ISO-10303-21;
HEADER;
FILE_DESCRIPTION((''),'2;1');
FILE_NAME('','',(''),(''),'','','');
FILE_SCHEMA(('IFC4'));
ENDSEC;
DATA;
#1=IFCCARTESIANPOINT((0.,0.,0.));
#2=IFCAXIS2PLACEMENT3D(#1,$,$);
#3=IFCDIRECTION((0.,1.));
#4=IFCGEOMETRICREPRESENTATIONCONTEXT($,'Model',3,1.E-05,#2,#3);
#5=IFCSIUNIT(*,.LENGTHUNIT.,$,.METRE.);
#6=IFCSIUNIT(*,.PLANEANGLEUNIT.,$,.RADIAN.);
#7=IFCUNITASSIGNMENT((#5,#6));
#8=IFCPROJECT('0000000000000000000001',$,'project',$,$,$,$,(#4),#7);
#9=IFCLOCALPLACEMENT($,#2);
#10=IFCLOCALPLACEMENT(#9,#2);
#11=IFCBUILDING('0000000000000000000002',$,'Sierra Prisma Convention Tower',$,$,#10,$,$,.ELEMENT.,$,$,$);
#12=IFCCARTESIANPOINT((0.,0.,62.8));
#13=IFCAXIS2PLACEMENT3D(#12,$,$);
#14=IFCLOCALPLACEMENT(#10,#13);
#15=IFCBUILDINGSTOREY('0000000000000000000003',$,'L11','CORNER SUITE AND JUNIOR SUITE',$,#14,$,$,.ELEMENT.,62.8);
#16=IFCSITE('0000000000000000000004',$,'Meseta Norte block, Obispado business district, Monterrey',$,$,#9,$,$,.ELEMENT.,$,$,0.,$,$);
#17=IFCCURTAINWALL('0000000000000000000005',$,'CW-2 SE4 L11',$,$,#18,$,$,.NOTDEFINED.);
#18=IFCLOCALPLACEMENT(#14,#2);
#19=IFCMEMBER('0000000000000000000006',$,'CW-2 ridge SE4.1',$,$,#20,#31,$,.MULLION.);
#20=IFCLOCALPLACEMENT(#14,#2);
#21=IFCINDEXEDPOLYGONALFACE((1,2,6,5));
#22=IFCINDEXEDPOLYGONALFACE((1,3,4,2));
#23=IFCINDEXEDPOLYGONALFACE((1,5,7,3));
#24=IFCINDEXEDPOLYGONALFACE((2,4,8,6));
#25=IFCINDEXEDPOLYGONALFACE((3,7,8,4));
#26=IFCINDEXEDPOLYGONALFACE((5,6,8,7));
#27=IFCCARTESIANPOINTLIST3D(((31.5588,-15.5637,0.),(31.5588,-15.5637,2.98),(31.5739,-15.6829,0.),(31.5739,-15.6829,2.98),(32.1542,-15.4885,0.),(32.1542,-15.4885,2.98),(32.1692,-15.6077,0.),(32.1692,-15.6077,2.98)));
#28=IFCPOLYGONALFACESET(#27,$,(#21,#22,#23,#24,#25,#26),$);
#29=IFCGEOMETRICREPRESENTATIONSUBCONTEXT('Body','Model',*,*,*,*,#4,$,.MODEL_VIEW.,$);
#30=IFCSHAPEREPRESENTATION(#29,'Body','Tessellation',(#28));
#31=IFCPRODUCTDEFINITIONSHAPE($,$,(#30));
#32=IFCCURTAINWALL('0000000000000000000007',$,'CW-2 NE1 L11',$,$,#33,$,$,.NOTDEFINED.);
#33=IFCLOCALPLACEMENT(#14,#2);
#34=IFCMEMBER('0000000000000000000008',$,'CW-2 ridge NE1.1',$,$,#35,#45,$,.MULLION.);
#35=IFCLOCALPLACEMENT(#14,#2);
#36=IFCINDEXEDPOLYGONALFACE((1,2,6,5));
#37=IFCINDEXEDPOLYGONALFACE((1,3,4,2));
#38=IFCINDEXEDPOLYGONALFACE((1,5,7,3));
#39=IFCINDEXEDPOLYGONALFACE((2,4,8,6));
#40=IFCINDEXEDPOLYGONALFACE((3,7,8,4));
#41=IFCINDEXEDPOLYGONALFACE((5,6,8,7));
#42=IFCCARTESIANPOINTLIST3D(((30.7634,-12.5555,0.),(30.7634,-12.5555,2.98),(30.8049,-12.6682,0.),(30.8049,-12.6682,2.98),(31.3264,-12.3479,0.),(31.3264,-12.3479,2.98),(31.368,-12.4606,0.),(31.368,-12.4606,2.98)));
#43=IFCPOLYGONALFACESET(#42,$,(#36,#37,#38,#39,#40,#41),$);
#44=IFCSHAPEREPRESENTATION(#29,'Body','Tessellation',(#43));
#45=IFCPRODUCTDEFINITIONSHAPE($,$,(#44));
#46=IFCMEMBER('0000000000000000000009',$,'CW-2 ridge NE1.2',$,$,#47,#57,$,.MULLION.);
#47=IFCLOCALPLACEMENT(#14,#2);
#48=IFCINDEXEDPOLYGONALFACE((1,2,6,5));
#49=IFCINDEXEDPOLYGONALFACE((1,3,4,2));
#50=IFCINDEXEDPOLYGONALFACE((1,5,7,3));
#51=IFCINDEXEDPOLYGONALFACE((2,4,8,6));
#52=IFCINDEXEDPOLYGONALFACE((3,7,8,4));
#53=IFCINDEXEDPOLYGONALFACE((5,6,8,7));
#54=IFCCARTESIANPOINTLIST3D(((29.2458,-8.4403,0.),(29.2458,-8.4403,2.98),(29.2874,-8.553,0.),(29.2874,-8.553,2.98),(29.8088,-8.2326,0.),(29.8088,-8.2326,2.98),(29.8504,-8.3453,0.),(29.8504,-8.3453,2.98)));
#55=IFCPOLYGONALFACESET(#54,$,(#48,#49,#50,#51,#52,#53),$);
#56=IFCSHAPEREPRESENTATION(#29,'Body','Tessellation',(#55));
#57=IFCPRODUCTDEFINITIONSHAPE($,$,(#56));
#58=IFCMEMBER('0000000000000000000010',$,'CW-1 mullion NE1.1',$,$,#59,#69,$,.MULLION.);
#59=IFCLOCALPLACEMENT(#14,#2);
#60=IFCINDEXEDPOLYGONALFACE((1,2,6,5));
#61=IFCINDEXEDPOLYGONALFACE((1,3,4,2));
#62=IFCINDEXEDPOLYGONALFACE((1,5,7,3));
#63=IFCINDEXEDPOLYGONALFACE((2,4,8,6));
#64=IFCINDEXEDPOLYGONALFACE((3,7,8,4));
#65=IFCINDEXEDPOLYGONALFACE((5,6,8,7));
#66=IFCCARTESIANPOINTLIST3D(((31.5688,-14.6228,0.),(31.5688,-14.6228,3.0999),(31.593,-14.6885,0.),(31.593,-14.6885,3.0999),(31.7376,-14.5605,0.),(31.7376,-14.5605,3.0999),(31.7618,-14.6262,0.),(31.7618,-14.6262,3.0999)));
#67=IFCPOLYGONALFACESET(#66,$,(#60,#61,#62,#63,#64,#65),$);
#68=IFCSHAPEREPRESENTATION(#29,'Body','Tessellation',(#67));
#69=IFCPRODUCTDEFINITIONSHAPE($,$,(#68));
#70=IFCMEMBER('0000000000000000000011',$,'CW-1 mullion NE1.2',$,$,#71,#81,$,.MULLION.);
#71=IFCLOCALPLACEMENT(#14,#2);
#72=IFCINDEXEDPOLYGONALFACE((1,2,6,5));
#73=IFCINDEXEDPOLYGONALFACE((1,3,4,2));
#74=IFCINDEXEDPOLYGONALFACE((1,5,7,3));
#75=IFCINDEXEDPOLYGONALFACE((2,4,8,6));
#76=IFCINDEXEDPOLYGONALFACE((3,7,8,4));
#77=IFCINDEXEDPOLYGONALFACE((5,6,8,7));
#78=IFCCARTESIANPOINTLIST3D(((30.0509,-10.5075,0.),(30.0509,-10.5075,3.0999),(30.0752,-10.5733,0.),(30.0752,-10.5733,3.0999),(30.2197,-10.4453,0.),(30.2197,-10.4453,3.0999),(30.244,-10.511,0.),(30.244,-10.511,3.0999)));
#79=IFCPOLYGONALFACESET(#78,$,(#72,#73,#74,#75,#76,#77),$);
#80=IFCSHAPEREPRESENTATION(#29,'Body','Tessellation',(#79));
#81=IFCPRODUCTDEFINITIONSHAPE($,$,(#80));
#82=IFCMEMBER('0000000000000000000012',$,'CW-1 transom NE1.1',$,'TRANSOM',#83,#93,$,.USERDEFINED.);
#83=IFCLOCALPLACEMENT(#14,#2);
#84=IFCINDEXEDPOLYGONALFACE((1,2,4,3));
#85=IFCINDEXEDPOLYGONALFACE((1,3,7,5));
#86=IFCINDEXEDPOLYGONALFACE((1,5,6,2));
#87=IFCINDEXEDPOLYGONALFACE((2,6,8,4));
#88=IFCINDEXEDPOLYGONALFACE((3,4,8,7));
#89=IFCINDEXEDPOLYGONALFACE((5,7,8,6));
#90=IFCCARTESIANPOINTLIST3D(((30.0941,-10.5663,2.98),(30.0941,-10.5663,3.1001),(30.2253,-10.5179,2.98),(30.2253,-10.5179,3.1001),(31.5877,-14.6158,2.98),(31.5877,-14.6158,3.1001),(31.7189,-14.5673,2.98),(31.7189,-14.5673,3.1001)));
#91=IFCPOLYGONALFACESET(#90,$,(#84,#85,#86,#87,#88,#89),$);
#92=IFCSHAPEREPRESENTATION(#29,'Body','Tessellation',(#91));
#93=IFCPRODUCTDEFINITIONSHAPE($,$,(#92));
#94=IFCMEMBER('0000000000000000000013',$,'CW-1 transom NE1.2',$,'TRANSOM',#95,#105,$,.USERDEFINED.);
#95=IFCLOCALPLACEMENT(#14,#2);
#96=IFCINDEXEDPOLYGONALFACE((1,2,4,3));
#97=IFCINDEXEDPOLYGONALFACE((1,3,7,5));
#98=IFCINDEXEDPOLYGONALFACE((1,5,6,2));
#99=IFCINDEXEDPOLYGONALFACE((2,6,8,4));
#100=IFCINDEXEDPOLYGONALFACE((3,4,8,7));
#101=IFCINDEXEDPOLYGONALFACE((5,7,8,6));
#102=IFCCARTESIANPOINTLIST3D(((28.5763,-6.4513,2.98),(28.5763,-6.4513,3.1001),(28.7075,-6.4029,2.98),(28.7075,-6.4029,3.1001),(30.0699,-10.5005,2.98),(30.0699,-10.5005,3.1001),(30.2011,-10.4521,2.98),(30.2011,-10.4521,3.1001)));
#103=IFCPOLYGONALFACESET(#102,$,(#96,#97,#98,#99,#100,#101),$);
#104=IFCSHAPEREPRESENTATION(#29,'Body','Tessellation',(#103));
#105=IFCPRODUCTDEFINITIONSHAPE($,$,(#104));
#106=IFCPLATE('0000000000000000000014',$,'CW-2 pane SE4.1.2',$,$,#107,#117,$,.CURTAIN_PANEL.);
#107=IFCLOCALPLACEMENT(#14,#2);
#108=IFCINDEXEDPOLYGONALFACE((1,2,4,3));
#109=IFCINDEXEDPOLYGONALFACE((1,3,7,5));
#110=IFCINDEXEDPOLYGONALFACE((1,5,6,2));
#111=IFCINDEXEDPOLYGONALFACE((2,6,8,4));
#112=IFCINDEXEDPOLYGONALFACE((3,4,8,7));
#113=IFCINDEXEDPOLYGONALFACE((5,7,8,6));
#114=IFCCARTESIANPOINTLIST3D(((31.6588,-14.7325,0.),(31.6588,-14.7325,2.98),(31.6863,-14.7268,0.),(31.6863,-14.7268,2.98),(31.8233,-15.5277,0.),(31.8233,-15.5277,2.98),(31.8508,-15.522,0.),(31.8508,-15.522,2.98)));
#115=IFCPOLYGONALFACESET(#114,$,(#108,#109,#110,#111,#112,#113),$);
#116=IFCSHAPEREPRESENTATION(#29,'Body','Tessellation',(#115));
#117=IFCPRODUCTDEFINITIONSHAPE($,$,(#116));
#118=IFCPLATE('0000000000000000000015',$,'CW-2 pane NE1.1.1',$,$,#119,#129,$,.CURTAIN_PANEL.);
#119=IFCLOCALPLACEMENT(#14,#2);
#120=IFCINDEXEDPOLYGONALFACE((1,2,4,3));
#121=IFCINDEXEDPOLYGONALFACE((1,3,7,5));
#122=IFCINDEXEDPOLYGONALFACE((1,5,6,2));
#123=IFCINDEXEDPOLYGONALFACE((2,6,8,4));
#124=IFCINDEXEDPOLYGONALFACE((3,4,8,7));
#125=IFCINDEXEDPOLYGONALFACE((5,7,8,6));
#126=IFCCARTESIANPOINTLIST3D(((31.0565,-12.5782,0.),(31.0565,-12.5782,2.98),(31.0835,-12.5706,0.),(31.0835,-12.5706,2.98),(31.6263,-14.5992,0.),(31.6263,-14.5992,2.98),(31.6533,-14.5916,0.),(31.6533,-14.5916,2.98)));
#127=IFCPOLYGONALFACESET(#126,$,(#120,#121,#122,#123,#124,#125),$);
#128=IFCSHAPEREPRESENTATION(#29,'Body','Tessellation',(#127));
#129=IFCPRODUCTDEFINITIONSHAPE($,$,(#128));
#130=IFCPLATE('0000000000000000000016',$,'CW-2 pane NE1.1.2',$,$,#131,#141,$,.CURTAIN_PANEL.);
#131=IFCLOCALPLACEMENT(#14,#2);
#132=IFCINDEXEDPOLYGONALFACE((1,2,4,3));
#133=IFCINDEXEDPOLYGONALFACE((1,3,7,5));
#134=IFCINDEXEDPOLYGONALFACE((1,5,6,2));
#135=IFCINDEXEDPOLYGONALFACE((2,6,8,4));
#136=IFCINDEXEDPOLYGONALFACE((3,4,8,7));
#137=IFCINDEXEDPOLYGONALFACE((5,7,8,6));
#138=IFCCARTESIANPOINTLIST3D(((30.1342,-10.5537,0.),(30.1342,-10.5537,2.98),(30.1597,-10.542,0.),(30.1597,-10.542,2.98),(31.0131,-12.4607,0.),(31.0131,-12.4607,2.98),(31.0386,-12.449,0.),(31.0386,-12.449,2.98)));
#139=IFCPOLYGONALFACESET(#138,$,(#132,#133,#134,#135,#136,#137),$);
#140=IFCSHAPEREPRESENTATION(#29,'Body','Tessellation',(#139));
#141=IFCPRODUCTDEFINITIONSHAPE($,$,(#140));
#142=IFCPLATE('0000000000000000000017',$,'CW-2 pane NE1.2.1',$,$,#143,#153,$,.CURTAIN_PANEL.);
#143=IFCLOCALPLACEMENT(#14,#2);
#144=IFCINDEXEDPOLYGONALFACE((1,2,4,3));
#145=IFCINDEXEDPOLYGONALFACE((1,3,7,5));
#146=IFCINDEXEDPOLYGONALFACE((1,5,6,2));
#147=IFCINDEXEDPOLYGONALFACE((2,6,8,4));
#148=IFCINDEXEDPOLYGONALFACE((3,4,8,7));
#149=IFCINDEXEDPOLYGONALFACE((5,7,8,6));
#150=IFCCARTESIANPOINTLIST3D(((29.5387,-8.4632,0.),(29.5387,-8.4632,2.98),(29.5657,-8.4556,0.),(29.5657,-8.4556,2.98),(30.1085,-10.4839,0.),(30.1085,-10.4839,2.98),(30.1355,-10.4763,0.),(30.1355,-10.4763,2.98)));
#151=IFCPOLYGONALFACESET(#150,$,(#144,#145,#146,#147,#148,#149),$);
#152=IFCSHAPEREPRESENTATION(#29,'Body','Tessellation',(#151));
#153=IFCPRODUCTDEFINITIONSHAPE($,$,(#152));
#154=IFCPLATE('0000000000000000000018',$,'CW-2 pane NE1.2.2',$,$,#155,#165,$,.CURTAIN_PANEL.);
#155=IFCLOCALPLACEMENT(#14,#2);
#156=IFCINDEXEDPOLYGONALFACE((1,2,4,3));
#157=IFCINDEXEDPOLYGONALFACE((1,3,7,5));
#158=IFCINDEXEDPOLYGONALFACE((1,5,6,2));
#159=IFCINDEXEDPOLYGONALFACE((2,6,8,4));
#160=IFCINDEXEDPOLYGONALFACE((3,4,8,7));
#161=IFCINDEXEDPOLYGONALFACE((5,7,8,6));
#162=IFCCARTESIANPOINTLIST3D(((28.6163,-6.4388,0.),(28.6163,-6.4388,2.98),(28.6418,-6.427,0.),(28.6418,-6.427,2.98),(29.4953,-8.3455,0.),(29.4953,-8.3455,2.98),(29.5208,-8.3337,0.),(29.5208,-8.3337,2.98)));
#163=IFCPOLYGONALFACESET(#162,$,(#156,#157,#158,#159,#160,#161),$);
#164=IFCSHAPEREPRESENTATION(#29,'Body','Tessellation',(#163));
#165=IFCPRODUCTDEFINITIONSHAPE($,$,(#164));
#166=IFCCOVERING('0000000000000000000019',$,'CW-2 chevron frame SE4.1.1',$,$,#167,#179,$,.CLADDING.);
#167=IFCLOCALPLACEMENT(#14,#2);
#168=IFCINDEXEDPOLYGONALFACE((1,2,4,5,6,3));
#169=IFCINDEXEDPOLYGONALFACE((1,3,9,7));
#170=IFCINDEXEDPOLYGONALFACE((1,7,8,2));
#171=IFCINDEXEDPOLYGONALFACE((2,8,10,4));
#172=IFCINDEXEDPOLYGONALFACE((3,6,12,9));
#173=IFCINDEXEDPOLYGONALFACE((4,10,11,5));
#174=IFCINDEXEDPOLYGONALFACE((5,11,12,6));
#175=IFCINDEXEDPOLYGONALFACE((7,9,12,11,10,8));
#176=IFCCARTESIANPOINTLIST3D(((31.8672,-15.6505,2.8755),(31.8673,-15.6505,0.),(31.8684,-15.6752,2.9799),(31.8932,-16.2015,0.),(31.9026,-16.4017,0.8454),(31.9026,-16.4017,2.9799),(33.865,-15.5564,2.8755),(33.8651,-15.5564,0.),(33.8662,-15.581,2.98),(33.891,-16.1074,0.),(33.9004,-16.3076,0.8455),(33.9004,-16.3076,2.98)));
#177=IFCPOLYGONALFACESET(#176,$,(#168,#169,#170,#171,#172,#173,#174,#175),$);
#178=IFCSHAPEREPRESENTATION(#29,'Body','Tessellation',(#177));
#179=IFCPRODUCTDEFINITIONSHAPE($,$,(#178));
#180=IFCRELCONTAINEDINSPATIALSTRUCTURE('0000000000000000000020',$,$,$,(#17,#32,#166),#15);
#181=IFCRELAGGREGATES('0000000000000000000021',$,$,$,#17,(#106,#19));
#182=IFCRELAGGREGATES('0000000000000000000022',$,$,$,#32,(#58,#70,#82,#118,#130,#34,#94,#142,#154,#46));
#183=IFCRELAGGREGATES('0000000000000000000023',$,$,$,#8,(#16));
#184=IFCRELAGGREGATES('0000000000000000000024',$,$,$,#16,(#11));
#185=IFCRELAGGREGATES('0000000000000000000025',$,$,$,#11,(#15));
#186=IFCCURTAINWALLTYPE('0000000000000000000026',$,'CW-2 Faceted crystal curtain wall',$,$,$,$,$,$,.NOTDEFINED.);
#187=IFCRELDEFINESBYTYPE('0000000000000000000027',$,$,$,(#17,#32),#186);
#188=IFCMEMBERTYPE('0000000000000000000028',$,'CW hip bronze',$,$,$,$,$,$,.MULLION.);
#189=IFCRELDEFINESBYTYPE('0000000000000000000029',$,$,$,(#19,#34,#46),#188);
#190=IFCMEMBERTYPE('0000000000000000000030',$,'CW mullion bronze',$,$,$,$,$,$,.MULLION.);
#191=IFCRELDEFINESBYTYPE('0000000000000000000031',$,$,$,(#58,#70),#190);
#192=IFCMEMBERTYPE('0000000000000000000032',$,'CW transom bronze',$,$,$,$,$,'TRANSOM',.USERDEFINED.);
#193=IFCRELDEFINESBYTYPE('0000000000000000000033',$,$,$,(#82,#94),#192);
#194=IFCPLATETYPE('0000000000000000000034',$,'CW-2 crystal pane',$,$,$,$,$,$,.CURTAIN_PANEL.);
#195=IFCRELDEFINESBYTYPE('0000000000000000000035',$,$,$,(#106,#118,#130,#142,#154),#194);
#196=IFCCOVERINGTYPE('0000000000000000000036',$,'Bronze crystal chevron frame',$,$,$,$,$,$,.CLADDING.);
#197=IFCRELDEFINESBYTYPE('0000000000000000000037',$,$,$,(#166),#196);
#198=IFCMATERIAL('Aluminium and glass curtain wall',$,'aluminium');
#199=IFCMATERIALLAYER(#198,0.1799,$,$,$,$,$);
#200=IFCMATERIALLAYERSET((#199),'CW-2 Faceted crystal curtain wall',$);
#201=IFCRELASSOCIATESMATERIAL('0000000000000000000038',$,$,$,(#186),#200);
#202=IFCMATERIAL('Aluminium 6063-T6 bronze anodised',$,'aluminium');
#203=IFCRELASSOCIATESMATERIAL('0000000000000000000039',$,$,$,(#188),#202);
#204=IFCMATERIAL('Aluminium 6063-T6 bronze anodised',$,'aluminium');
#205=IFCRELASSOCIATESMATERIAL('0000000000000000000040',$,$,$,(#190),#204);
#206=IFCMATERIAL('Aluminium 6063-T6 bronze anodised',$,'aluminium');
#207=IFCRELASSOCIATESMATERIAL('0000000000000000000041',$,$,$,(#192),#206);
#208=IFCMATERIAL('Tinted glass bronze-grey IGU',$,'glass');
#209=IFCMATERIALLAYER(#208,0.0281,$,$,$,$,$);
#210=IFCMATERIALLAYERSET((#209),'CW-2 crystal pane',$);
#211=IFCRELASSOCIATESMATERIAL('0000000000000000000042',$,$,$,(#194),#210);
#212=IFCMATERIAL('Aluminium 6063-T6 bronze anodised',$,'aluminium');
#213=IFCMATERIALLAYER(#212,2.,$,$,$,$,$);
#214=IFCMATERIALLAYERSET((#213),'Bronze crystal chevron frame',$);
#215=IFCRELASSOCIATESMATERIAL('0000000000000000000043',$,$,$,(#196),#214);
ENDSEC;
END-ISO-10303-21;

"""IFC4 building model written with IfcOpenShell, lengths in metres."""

from ifc_helpers import new_model, si_unit, direction, frame, origin, origin_2d, place, context, subcontext, project, spatial, polyline, rectangle, outline, extrude, material, layer, layer_set, material_profile, profile_set, type_object, element, aggregate, save


model = new_model("IFC4")

# Units and contexts
model_context = context("Model", 3, precision=1e-05, world=origin(), true_north=direction((0.0, 1.0)))
body_context = subcontext(model_context, "Body", "Model", "MODEL_VIEW")
ifc_project = project(units=[si_unit("LENGTHUNIT", "METRE"), si_unit("PLANEANGLEUNIT", "RADIAN")], contexts=[model_context])

# Site, building, storey
site_placement = place(None, origin())
site = spatial("IfcSite", under=ifc_project, at=site_placement, Name="Meseta Norte block, Obispado business district, Monterrey", CompositionType="ELEMENT", RefElevation=0.0)
building_placement = place(site_placement, origin())
building = spatial("IfcBuilding", under=site, at=building_placement, Name="Sierra Prisma Convention Tower", CompositionType="ELEMENT")
storey_placement = place(building_placement, frame((0.0, 0.0, 62.8)))
storey = spatial("IfcBuildingStorey", under=building, at=storey_placement, Name="L11", Description="CORNER SUITE AND JUNIOR SUITE", CompositionType="ELEMENT", Elevation=62.8)

# Curtain wall, member
ifc_material_1 = material(Name="Aluminium and glass curtain wall", Category="aluminium")
ifc_layer_1 = layer(ifc_material_1, 0.1799)
ifc_layer_set_1 = layer_set([ifc_layer_1], Name="CW-2 Faceted crystal curtain wall")
curtain_wall_type = type_object("IfcCurtainWallType", Name="CW-2 Faceted crystal curtain wall", PredefinedType="NOTDEFINED", material=ifc_layer_set_1)
curtain_wall_1_placement = place(storey_placement, origin())
curtain_wall_1 = element("IfcCurtainWall", 1, at=curtain_wall_1_placement, inside=storey, type_object=curtain_wall_type, Name="CW-2 SE4 L11", PredefinedType="NOTDEFINED")
ifc_material_2 = material(Name="Aluminium 6063-T6 bronze anodised", Category="aluminium")
ifc_material_profile_1 = material_profile(ifc_material_2, rectangle(XDim=0.1201, YDim=0.6001, at=origin_2d()), Name="ALU RIDGE BLADE 120x600")
ifc_profile_set_1 = profile_set([ifc_material_profile_1], Name="Aluminium 6063-T6 bronze anodised")
member_type_1 = type_object("IfcMemberType", Name="CW hip bronze", PredefinedType="MULLION", material=ifc_profile_set_1)
member_1_placement = place(storey_placement, frame((31.864, -15.5857, 0.0), z_axis=(0.0, 0.0, 1.0), x_axis=(-0.125312, 0.992117, 0.0)))
member_1 = element("IfcMember", 2, at=member_1_placement, type_object=member_type_1, Name="CW-2 ridge SE4.1", PredefinedType="MULLION", context=body_context, shape_type="SweptSolid", body=[
    extrude(rectangle(XDim=0.1201, YDim=0.6001, at=origin_2d()), origin(), (0.0, 0.0, 1.0), 2.98),
])

# Curtain wall, members
curtain_wall_2_placement = place(storey_placement, origin())
curtain_wall_2 = element("IfcCurtainWall", 3, at=curtain_wall_2_placement, inside=storey, type_object=curtain_wall_type, Name="CW-2 NE1 L11", PredefinedType="NOTDEFINED")
member_2_placement = place(storey_placement, frame((31.0657, -12.5081, 0.0), z_axis=(0.0, 0.0, 1.0), x_axis=(-0.346043, 0.938219, 0.0)))
member_2 = element("IfcMember", 4, at=member_2_placement, type_object=member_type_1, Name="CW-2 ridge NE1.1", PredefinedType="MULLION", context=body_context, shape_type="SweptSolid", body=[
    extrude(rectangle(XDim=0.1201, YDim=0.6001, at=origin_2d()), origin(), (0.0, 0.0, 1.0), 2.98),
])
member_3_placement = place(storey_placement, frame((29.5481, -8.3928, 0.0), z_axis=(0.0, 0.0, 1.0), x_axis=(-0.346043, 0.938219, 0.0)))
member_3 = element("IfcMember", 5, at=member_3_placement, type_object=member_type_1, Name="CW-2 ridge NE1.2", PredefinedType="MULLION", context=body_context, shape_type="SweptSolid", body=[
    extrude(rectangle(XDim=0.1201, YDim=0.6001, at=origin_2d()), origin(), (0.0, 0.0, 1.0), 2.98),
])
ifc_material_3 = material(Name="Aluminium 6063-T6 bronze anodised", Category="aluminium")
ifc_material_profile_2 = material_profile(ifc_material_3, rectangle(XDim=0.1799, YDim=0.0701, at=origin_2d()), Name="ALU MULLION 70x180")
ifc_profile_set_2 = profile_set([ifc_material_profile_2], Name="Aluminium 6063-T6 bronze anodised")
member_type_2 = type_object("IfcMemberType", Name="CW mullion bronze", PredefinedType="MULLION", material=ifc_profile_set_2)
member_4_placement = place(storey_placement, frame((31.6653, -14.6245, 0.0), z_axis=(0.0, 0.0, 1.0), x_axis=(-0.938219, -0.346043, 0.0)))
member_4 = element("IfcMember", 6, at=member_4_placement, type_object=member_type_2, Name="CW-1 mullion NE1.1", PredefinedType="MULLION", context=body_context, shape_type="SweptSolid", body=[
    extrude(rectangle(XDim=0.1799, YDim=0.0701, at=origin_2d()), origin(), (0.0, 0.0, 1.0), 3.0999),
])
member_5_placement = place(storey_placement, frame((30.1475, -10.5093, 0.0), z_axis=(0.0, 0.0, 1.0), x_axis=(-0.938219, -0.346043, 0.0)))
member_5 = element("IfcMember", 7, at=member_5_placement, type_object=member_type_2, Name="CW-1 mullion NE1.2", PredefinedType="MULLION", context=body_context, shape_type="SweptSolid", body=[
    extrude(rectangle(XDim=0.1799, YDim=0.0701, at=origin_2d()), origin(), (0.0, 0.0, 1.0), 3.0999),
])
ifc_material_4 = material(Name="Aluminium 6063-T6 bronze anodised", Category="aluminium")
ifc_material_profile_3 = material_profile(ifc_material_4, rectangle(XDim=0.1399, YDim=0.1201, at=origin_2d()), Name="ALU TRANSOM 120x140")
ifc_profile_set_3 = profile_set([ifc_material_profile_3], Name="Aluminium 6063-T6 bronze anodised")
member_type_3 = type_object("IfcMemberType", Name="CW transom bronze", ElementType="TRANSOM", PredefinedType="USERDEFINED", material=ifc_profile_set_3)
member_6_placement = place(storey_placement, frame((31.6533, -14.5916, 3.04), z_axis=(-0.346054, 0.938215, 0.0), x_axis=(-0.938215, -0.346054, 0.0)))
member_6 = element("IfcMember", 8, at=member_6_placement, type_object=member_type_3, Name="CW-1 transom NE1.1", ObjectType="TRANSOM", PredefinedType="USERDEFINED", context=body_context, shape_type="SweptSolid", body=[
    extrude(rectangle(XDim=0.1399, YDim=0.1201, at=origin_2d()), origin(), (0.0, 0.0, 1.0), 4.3162),
])
member_7_placement = place(storey_placement, frame((30.1355, -10.4763, 3.04), z_axis=(-0.346072, 0.938208, 0.0), x_axis=(-0.938208, -0.346072, 0.0)))
member_7 = element("IfcMember", 9, at=member_7_placement, type_object=member_type_3, Name="CW-1 transom NE1.2", ObjectType="TRANSOM", PredefinedType="USERDEFINED", context=body_context, shape_type="SweptSolid", body=[
    extrude(rectangle(XDim=0.1399, YDim=0.1201, at=origin_2d()), origin(), (0.0, 0.0, 1.0), 4.3159),
])

# Plates
ifc_material_5 = material(Name="Tinted glass bronze-grey IGU", Category="glass")
ifc_layer_2 = layer(ifc_material_5, 0.0281)
ifc_layer_set_2 = layer_set([ifc_layer_2], Name="CW-2 crystal pane")
plate_type = type_object("IfcPlateType", Name="CW-2 crystal pane", PredefinedType="CURTAIN_PANEL", material=ifc_layer_set_2)
plate_1_placement = place(storey_placement, frame((31.6863, -14.7268, 0.0), z_axis=(0.979252, 0.202645, 0.0), x_axis=(0.202645, -0.979252, 0.0)))
plate_1 = element("IfcPlate", 10, at=plate_1_placement, type_object=plate_type, Name="CW-2 pane SE4.1.2", PredefinedType="CURTAIN_PANEL", context=body_context, shape_type="SweptSolid", body=[
    extrude(outline(polyline([(0.0, 0.0), (0.812, 0.0), (0.812, -2.98), (0.0, -2.98), (0.0, 0.0)])), origin(), (0.0, 0.0, -1.0), 0.0281),
])
aggregate(curtain_wall_1, [plate_1, member_1])
plate_2_placement = place(storey_placement, frame((31.6533, -14.5916, 0.0), z_axis=(0.962475, 0.271372, 0.0), x_axis=(-0.271372, 0.962475, 0.0)))
plate_2 = element("IfcPlate", 11, at=plate_2_placement, type_object=plate_type, Name="CW-2 pane NE1.1.1", PredefinedType="CURTAIN_PANEL", context=body_context, shape_type="SweptSolid", body=[
    extrude(outline(polyline([(0.0, 0.0), (2.0998, 0.0), (2.0998, 2.98), (0.0, 2.98), (0.0, 0.0)])), origin(), (0.0, 0.0, -1.0), 0.0281),
])
plate_3_placement = place(storey_placement, frame((30.1597, -10.542, 0.0), z_axis=(0.908184, 0.418571, 0.0), x_axis=(0.418571, -0.908184, 0.0)))
plate_3 = element("IfcPlate", 12, at=plate_3_placement, type_object=plate_type, Name="CW-2 pane NE1.1.2", PredefinedType="CURTAIN_PANEL", context=body_context, shape_type="SweptSolid", body=[
    extrude(outline(polyline([(0.0, 0.0), (2.0998, 0.0), (2.0998, -2.98), (0.0, -2.98), (0.0, 0.0)])), origin(), (0.0, 0.0, -1.0), 0.0281),
])
plate_4_placement = place(storey_placement, frame((30.1355, -10.4763, 0.0), z_axis=(0.962466, 0.271402, 0.0), x_axis=(-0.271402, 0.962466, 0.0)))
plate_4 = element("IfcPlate", 13, at=plate_4_placement, type_object=plate_type, Name="CW-2 pane NE1.2.1", PredefinedType="CURTAIN_PANEL", context=body_context, shape_type="SweptSolid", body=[
    extrude(outline(polyline([(0.0, 0.0), (2.0996, 0.0), (2.0996, 2.98), (0.0, 2.98), (0.0, 0.0)])), origin(), (0.0, 0.0, -1.0), 0.0281),
])
plate_5_placement = place(storey_placement, frame((28.6418, -6.427, 0.0), z_axis=(0.908163, 0.418616, 0.0), x_axis=(0.418616, -0.908163, 0.0)))
plate_5 = element("IfcPlate", 14, at=plate_5_placement, type_object=plate_type, Name="CW-2 pane NE1.2.2", PredefinedType="CURTAIN_PANEL", context=body_context, shape_type="SweptSolid", body=[
    extrude(outline(polyline([(0.0, 0.0), (2.0996, 0.0), (2.0996, -2.98), (0.0, -2.98), (0.0, 0.0)])), origin(), (0.0, 0.0, -1.0), 0.0281),
])
aggregate(curtain_wall_2, [member_4, member_5, member_6, plate_2, plate_3, member_2, member_7, plate_4, plate_5, member_3])

# Covering
ifc_material_6 = material(Name="Aluminium 6063-T6 bronze anodised", Category="aluminium")
ifc_layer_3 = layer(ifc_material_6, 2.0)
ifc_layer_set_3 = layer_set([ifc_layer_3], Name="Bronze crystal chevron frame")
covering_type = type_object("IfcCoveringType", Name="Bronze crystal chevron frame", PredefinedType="CLADDING", material=ifc_layer_set_3)
covering_1_placement = place(storey_placement, frame((33.9004, -16.3076, 2.98), z_axis=(0.998892, 0.047059, 0.000017), x_axis=(0.000017, 0.000001, -1.0)))
element("IfcCovering", 15, at=covering_1_placement, inside=storey, type_object=covering_type, Name="CW-2 chevron frame SE4.1.1", PredefinedType="CLADDING", context=body_context, shape_type="SweptSolid", body=[
    extrude(outline(polyline([(0.0, 0.0), (2.1345, 0.0), (2.98, 0.2004), (2.98, 0.7521), (0.1045, 0.7521), (0.0, 0.7274), (0.0, 0.0)])), origin(), (0.0, 0.0, -1.0), 2.0),
])

save(model, "model.ifc")
